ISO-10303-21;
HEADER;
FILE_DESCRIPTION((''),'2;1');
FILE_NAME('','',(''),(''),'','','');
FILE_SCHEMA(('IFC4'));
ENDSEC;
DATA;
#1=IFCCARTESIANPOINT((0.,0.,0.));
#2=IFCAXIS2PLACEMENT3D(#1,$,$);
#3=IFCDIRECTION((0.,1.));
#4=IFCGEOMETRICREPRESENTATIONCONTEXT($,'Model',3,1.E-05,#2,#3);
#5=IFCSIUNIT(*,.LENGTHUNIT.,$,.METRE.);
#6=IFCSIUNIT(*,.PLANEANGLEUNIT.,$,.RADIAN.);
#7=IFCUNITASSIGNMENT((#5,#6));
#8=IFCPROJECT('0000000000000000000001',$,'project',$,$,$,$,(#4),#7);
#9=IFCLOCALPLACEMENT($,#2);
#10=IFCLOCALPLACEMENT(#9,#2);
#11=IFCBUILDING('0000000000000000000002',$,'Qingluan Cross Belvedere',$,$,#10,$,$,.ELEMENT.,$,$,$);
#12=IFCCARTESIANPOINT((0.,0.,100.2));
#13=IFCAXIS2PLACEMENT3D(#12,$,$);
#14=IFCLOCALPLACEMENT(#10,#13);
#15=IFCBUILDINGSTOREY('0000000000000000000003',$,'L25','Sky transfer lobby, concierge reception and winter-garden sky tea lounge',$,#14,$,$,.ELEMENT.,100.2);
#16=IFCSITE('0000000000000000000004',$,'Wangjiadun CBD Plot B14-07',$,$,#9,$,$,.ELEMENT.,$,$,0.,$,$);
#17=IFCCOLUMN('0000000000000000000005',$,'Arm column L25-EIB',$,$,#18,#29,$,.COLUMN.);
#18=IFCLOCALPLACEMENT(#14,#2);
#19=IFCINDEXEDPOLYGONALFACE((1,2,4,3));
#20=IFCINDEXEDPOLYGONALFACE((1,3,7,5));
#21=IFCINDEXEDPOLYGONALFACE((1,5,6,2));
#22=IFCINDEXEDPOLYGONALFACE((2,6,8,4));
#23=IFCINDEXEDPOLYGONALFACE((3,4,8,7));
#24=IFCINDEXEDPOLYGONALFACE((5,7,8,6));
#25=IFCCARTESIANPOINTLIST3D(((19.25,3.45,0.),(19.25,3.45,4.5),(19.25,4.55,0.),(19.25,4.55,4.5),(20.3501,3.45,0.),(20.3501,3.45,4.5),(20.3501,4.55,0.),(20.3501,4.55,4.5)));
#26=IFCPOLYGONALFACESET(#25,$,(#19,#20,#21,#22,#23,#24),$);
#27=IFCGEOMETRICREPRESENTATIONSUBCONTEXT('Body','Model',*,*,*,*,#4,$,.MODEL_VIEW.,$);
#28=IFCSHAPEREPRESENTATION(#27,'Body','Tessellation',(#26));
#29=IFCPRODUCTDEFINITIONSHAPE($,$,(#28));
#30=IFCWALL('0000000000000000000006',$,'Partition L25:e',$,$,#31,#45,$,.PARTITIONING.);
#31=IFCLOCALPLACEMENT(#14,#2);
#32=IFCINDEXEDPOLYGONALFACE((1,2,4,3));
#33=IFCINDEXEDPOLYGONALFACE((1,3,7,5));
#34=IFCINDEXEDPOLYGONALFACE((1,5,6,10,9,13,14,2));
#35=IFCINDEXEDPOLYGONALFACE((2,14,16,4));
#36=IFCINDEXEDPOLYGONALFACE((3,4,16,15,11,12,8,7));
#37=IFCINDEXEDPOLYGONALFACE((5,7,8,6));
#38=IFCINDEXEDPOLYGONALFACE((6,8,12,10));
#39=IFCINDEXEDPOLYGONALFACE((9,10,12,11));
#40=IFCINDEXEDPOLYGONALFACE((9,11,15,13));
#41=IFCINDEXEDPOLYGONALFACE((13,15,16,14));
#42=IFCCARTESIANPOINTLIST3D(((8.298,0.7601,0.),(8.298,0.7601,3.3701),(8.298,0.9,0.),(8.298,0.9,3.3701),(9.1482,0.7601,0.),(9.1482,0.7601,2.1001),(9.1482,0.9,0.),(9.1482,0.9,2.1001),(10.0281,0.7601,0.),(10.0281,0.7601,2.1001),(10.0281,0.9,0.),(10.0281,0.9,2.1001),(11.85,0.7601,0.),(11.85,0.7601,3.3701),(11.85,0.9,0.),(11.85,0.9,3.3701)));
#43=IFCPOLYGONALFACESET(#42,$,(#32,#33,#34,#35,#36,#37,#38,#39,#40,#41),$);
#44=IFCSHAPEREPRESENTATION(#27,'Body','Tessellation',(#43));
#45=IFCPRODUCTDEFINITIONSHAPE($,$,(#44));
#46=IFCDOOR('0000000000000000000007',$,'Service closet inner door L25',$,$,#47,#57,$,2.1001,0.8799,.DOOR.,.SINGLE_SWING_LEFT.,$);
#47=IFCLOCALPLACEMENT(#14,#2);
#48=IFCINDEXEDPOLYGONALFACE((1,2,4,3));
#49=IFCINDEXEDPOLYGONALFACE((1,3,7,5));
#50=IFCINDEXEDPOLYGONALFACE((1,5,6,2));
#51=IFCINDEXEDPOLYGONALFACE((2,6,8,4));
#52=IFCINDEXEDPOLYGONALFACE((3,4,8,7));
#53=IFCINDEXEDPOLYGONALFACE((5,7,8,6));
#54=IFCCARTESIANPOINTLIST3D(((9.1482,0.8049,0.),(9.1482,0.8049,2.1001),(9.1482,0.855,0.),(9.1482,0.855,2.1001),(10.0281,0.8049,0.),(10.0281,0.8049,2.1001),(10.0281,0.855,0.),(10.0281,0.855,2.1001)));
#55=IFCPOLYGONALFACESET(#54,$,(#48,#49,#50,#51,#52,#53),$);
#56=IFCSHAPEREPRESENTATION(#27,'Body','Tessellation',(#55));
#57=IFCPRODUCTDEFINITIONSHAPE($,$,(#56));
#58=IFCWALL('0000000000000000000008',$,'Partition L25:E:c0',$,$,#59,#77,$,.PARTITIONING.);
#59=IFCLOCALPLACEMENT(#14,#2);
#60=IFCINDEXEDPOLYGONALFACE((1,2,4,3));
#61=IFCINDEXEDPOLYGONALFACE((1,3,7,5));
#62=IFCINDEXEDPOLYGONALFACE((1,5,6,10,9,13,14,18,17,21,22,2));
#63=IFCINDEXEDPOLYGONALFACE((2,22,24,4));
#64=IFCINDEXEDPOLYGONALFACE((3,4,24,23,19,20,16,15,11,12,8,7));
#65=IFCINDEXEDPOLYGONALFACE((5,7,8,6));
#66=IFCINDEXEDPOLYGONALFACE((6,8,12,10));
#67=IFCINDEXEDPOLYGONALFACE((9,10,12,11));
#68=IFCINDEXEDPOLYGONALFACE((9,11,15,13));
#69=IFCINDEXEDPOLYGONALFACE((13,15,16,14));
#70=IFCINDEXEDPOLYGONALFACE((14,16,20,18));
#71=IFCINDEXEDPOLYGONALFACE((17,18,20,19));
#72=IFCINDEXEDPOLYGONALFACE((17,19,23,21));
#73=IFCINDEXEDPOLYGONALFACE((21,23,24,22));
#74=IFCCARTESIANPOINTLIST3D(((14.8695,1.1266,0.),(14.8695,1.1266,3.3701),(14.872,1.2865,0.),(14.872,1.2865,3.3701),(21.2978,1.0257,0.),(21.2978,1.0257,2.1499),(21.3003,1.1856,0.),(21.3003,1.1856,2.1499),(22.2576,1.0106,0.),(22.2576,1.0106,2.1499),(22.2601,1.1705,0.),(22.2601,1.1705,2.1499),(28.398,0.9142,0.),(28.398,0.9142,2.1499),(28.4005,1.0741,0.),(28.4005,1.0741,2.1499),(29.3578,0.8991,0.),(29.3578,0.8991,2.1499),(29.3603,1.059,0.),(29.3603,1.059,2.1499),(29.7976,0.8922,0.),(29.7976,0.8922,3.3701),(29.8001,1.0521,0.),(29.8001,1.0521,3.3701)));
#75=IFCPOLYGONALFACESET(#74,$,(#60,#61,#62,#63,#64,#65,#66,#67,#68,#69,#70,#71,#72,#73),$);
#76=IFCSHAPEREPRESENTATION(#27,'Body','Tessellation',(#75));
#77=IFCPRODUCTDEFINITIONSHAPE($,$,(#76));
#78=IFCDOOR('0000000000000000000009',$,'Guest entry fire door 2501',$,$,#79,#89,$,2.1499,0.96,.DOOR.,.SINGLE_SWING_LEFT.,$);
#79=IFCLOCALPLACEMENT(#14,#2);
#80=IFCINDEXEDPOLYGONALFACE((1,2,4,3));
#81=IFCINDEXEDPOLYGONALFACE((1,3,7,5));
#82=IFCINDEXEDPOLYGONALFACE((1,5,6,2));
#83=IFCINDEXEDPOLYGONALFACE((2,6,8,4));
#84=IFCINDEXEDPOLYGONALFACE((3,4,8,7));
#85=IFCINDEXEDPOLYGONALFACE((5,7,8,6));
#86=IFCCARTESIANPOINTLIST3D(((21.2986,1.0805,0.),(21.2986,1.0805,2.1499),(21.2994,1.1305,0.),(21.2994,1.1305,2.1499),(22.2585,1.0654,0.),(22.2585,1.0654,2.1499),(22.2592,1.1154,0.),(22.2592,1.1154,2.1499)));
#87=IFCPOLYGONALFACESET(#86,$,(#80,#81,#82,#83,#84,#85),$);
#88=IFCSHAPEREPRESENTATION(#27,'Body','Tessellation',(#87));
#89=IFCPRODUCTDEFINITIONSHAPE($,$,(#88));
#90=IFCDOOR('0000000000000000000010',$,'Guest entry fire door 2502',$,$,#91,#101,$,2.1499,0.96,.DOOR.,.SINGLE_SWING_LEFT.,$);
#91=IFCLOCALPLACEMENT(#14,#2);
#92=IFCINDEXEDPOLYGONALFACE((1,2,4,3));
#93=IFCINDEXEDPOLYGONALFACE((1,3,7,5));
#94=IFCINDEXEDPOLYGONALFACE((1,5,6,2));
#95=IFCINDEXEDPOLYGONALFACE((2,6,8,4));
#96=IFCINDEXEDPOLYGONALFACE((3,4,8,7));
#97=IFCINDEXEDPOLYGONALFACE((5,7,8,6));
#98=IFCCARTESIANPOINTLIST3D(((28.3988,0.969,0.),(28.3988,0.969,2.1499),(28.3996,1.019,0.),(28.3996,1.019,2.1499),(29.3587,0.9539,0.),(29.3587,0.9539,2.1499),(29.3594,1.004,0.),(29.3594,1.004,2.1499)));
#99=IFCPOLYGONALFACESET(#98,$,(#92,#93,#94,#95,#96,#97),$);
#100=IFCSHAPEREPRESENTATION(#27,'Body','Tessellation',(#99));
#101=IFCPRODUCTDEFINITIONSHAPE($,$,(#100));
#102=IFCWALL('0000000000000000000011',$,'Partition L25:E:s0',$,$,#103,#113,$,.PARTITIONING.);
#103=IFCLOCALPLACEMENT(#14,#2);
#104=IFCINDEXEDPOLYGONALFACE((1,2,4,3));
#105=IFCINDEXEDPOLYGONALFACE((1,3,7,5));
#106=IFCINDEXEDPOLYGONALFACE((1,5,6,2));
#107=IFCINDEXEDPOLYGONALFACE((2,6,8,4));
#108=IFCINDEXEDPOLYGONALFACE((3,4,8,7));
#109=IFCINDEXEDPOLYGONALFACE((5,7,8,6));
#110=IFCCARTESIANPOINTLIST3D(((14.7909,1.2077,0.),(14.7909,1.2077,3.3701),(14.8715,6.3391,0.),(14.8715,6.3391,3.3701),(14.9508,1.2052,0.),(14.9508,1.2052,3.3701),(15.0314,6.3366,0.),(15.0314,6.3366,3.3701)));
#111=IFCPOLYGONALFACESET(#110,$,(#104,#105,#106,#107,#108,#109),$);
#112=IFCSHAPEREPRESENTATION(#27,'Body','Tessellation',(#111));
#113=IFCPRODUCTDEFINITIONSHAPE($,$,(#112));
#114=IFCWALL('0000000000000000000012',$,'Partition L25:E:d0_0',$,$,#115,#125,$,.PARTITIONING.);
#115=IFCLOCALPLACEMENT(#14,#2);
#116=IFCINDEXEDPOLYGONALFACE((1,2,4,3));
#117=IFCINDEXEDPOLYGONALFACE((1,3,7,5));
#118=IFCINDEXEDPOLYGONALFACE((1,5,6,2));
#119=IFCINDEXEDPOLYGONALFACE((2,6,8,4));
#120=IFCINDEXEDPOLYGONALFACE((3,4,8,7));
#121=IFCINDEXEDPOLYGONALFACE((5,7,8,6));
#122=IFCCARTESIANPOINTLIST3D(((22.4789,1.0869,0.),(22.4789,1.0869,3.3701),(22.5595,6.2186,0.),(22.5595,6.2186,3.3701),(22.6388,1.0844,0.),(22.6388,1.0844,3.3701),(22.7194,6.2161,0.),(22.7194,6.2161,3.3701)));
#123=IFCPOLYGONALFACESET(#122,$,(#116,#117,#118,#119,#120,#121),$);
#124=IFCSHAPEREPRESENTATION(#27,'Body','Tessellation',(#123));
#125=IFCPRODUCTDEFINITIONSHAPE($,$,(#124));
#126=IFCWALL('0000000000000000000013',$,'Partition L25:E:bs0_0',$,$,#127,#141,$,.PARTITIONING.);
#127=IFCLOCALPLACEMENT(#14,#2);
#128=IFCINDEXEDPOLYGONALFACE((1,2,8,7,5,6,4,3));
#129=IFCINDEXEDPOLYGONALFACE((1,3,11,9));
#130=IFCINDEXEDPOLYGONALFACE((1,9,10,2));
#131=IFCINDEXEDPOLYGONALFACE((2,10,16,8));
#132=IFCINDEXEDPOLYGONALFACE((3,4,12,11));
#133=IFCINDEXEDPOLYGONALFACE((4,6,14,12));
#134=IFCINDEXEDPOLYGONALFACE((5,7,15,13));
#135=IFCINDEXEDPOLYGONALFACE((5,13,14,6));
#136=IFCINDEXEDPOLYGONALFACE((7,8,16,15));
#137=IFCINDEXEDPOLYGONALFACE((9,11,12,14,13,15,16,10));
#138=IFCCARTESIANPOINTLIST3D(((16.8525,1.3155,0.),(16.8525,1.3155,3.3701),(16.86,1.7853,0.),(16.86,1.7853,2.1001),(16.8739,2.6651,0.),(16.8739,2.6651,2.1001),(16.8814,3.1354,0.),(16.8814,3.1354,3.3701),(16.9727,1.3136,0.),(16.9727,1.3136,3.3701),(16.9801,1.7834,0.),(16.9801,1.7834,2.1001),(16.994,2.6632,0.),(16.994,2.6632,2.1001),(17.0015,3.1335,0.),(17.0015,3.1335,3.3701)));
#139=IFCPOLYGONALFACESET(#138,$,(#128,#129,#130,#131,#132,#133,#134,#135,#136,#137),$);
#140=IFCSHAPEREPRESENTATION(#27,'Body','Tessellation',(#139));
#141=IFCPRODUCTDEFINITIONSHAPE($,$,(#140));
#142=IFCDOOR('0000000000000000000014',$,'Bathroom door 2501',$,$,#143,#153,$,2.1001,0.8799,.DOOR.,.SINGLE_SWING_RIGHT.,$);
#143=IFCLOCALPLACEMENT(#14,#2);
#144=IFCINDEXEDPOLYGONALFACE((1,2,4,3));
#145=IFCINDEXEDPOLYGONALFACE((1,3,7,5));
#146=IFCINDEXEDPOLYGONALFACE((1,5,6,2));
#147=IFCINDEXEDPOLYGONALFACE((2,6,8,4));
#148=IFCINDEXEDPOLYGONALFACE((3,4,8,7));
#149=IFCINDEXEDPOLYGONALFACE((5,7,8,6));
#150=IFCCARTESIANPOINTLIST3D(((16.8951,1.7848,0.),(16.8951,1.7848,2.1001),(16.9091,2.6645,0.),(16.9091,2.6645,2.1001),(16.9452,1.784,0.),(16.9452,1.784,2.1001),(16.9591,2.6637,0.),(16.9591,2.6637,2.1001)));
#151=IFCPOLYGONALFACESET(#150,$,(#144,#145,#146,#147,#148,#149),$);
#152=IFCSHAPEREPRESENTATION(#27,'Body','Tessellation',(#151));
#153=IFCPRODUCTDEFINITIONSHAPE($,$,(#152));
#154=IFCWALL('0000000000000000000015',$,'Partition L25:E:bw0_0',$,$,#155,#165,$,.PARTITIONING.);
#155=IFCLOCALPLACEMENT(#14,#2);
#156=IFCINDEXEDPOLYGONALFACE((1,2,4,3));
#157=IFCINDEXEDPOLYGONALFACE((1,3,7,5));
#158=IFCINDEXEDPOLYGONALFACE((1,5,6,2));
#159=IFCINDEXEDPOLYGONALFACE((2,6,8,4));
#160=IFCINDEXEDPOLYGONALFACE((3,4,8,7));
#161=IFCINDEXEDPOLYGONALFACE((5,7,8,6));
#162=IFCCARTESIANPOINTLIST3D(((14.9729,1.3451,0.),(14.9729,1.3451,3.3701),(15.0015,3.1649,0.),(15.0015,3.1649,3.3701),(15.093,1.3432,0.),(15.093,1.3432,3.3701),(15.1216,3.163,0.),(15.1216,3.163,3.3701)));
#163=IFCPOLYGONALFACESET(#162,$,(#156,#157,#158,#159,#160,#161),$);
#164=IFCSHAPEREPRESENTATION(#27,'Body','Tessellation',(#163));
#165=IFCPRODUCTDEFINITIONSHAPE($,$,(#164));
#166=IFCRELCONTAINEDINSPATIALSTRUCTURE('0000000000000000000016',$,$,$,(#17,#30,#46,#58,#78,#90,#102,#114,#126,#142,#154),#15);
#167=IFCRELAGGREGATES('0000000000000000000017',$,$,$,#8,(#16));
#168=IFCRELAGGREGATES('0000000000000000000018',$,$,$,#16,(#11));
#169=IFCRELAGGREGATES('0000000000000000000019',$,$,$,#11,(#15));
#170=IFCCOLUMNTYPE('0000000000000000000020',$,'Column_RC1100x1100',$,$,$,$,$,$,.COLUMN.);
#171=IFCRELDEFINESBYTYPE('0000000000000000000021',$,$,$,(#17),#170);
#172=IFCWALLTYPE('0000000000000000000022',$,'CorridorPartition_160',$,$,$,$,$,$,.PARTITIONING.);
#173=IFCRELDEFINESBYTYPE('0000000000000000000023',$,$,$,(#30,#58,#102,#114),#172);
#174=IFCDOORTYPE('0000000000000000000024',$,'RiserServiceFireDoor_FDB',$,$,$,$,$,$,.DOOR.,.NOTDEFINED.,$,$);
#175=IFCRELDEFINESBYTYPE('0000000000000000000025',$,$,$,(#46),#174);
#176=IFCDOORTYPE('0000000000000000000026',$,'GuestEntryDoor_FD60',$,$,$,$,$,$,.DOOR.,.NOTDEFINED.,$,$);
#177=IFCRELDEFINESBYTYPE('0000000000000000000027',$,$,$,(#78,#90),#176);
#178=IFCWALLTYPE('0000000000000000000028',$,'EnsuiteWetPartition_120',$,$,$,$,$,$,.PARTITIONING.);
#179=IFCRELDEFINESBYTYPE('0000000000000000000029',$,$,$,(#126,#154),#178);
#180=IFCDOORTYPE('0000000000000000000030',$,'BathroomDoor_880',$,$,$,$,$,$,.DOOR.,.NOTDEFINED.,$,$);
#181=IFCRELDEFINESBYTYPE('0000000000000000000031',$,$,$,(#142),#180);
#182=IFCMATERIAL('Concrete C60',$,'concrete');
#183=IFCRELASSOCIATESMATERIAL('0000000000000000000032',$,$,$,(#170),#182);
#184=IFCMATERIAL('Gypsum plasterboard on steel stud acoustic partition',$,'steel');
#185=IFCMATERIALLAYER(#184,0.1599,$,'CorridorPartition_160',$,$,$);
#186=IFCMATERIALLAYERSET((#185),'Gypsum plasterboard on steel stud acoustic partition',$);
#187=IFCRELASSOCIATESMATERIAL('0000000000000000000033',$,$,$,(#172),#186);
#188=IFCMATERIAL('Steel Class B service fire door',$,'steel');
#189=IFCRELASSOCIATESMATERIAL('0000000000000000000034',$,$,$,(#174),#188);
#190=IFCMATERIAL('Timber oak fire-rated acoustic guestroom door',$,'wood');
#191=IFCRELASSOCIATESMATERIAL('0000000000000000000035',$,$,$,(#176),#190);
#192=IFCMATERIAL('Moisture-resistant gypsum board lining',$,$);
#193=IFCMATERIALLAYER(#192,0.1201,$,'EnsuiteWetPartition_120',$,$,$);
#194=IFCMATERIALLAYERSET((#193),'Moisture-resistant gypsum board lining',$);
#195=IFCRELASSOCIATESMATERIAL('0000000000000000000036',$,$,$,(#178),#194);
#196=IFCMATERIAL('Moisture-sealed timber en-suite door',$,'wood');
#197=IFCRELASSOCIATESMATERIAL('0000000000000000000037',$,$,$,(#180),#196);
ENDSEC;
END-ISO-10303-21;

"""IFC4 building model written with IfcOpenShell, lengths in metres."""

from ifc_helpers import new_model, si_unit, direction, frame, frame_2d, origin, origin_2d, place, context, subcontext, project, spatial, rectangle, extrude, material, layer, layer_set, material_profile, profile_set, type_object, element, fill, save


model = new_model("IFC4")

# Units and contexts
model_context = context("Model", 3, precision=1e-05, world=origin(), true_north=direction((0.0, 1.0)))
body_context = subcontext(model_context, "Body", "Model", "MODEL_VIEW")
ifc_project = project(units=[si_unit("LENGTHUNIT", "METRE"), si_unit("PLANEANGLEUNIT", "RADIAN")], contexts=[model_context])

# Site, building, storey
site_placement = place(None, origin())
site = spatial("IfcSite", under=ifc_project, at=site_placement, Name="Wangjiadun CBD Plot B14-07", CompositionType="ELEMENT", RefElevation=0.0)
building_placement = place(site_placement, origin())
building = spatial("IfcBuilding", under=site, at=building_placement, Name="Qingluan Cross Belvedere", CompositionType="ELEMENT")
storey_placement = place(building_placement, frame((0.0, 0.0, 100.2)))
storey = spatial("IfcBuildingStorey", under=building, at=storey_placement, Name="L25", Description="Sky transfer lobby, concierge reception and winter-garden sky tea lounge", CompositionType="ELEMENT", Elevation=100.2)

# Column
ifc_material_1 = material(Name="Concrete C60", Category="concrete")
ifc_material_profile = material_profile(ifc_material_1, rectangle(XDim=1.1001, YDim=1.1001, at=origin_2d()), Name="RC1100x1100")
ifc_profile_set = profile_set([ifc_material_profile], Name="Concrete C60")
column_type = type_object("IfcColumnType", Name="Column_RC1100x1100", PredefinedType="COLUMN", material=ifc_profile_set)
column_placement = place(storey_placement, frame((19.8, 4.0, 0.0), z_axis=(0.0, 0.0, 1.0), x_axis=(1.0, 0.0, 0.0)))
element("IfcColumn", 1, at=column_placement, inside=storey, type_object=column_type, Name="Arm column L25-EIB", PredefinedType="COLUMN", context=body_context, shape_type="SweptSolid", body=[
    extrude(rectangle(XDim=1.1001, YDim=1.1001, at=origin_2d()), origin(), (0.0, 0.0, 1.0), 4.5),
])

# Wall, opening, door
ifc_material_2 = material(Name="Gypsum plasterboard on steel stud acoustic partition", Category="steel")
ifc_layer_1 = layer(ifc_material_2, 0.1599, Name="CorridorPartition_160")
ifc_layer_set_1 = layer_set([ifc_layer_1], Name="Gypsum plasterboard on steel stud acoustic partition")
wall_type_1 = type_object("IfcWallType", Name="CorridorPartition_160", PredefinedType="PARTITIONING", material=ifc_layer_set_1)
wall_1_placement = place(storey_placement, frame((8.2981, 0.8301, 0.0), z_axis=(0.0, 0.0, 1.0), x_axis=(1.0, 0.0, 0.0)))
wall_1 = element("IfcWall", 2, at=wall_1_placement, inside=storey, type_object=wall_type_1, Name="Partition L25:e", PredefinedType="PARTITIONING", context=body_context, shape_type="SweptSolid", body=[
    extrude(rectangle(XDim=3.552, YDim=0.1399, at=frame_2d((1.7759, 0.0))), origin(), (0.0, 0.0, 1.0), 3.3701),
])
opening_1_placement = place(wall_1_placement, frame((0.8501, 0.0, 0.0)))
opening_1 = element("IfcOpeningElement", 3, at=opening_1_placement, cuts=wall_1, PredefinedType="OPENING", context=body_context, shape_type="SweptSolid", body=[
    extrude(rectangle(XDim=0.8799, YDim=2.1001, at=frame_2d((0.4399, 1.05))), frame((0.0, 0.0798, 0.0), z_axis=(0.0, -1.0, 0.0), x_axis=(1.0, 0.0, 0.0)), (0.0, 0.0, 1.0), 0.1599),
])
ifc_material_3 = material(Name="Steel Class B service fire door", Category="steel")
door_type_1 = type_object("IfcDoorType", Name="RiserServiceFireDoor_FDB", OperationType="NOTDEFINED", PredefinedType="DOOR", material=ifc_material_3)
door_1_placement = place(opening_1_placement, origin())
door_1 = element("IfcDoor", 4, at=door_1_placement, inside=storey, type_object=door_type_1, Name="Service closet inner door L25", OperationType="SINGLE_SWING_LEFT", OverallHeight=2.1001, OverallWidth=0.8799, PredefinedType="DOOR", context=body_context, shape_type="SweptSolid", body=[
    extrude(rectangle(XDim=0.8799, YDim=2.1001, at=frame_2d((0.4399, 1.05))), frame((0.0, 0.0249, 0.0), z_axis=(0.0, -1.0, 0.0), x_axis=(1.0, 0.0, 0.0)), (0.0, 0.0, 1.0), 0.05),
])
fill(opening_1, door_1)

# Wall, openings, doors
wall_2_placement = place(storey_placement, frame((14.8708, 1.2065, 0.0), z_axis=(0.0, 0.0, 1.0), x_axis=(0.999877, -0.015698, 0.0)))
wall_2 = element("IfcWall", 5, at=wall_2_placement, inside=storey, type_object=wall_type_1, Name="Partition L25:E:c0", PredefinedType="PARTITIONING", context=body_context, shape_type="SweptSolid", body=[
    extrude(rectangle(XDim=14.9299, YDim=0.1599, at=frame_2d((7.4648, 0.0))), origin(), (0.0, 0.0, 1.0), 3.3701),
])
opening_2_placement = place(wall_2_placement, frame((6.429, 0.0, 0.0)))
opening_2 = element("IfcOpeningElement", 6, at=opening_2_placement, cuts=wall_2, PredefinedType="OPENING", context=body_context, shape_type="SweptSolid", body=[
    extrude(rectangle(XDim=0.96, YDim=2.1499, at=frame_2d((0.48, 1.075))), frame((0.0, 0.0898, 0.0), z_axis=(0.0, -1.0, 0.0), x_axis=(1.0, 0.0, 0.0)), (0.0, 0.0, 1.0), 0.1799),
])
opening_3_placement = place(wall_2_placement, frame((13.53, 0.0, 0.0)))
opening_3 = element("IfcOpeningElement", 7, at=opening_3_placement, cuts=wall_2, PredefinedType="OPENING", context=body_context, shape_type="SweptSolid", body=[
    extrude(rectangle(XDim=0.96, YDim=2.1499, at=frame_2d((0.48, 1.075))), frame((0.0, 0.0898, 0.0), z_axis=(0.0, -1.0, 0.0), x_axis=(1.0, 0.0, 0.0)), (0.0, 0.0, 1.0), 0.1799),
])
ifc_material_4 = material(Name="Timber oak fire-rated acoustic guestroom door", Category="wood")
door_type_2 = type_object("IfcDoorType", Name="GuestEntryDoor_FD60", OperationType="NOTDEFINED", PredefinedType="DOOR", material=ifc_material_4)
door_2_placement = place(opening_2_placement, origin())
door_2 = element("IfcDoor", 8, at=door_2_placement, inside=storey, type_object=door_type_2, Name="Guest entry fire door 2501", OperationType="SINGLE_SWING_LEFT", OverallHeight=2.1499, OverallWidth=0.96, PredefinedType="DOOR", context=body_context, shape_type="SweptSolid", body=[
    extrude(rectangle(XDim=0.96, YDim=2.1499, at=frame_2d((0.48, 1.075))), frame((0.0, 0.0249, 0.0), z_axis=(0.0, -1.0, 0.0), x_axis=(1.0, 0.0, 0.0)), (0.0, 0.0, 1.0), 0.05),
])
fill(opening_2, door_2)
door_3_placement = place(opening_3_placement, origin())
door_3 = element("IfcDoor", 9, at=door_3_placement, inside=storey, type_object=door_type_2, Name="Guest entry fire door 2502", OperationType="SINGLE_SWING_LEFT", OverallHeight=2.1499, OverallWidth=0.96, PredefinedType="DOOR", context=body_context, shape_type="SweptSolid", body=[
    extrude(rectangle(XDim=0.96, YDim=2.1499, at=frame_2d((0.48, 1.075))), frame((0.0, 0.0249, 0.0), z_axis=(0.0, -1.0, 0.0), x_axis=(1.0, 0.0, 0.0)), (0.0, 0.0, 1.0), 0.05),
])
fill(opening_3, door_3)

# Walls
wall_3_placement = place(storey_placement, frame((14.8708, 1.2065, 0.0), z_axis=(0.0, 0.0, 1.0), x_axis=(0.015699, 0.999877, 0.0)))
element("IfcWall", 10, at=wall_3_placement, inside=storey, type_object=wall_type_1, Name="Partition L25:E:s0", PredefinedType="PARTITIONING", context=body_context, shape_type="SweptSolid", body=[
    extrude(rectangle(XDim=5.1321, YDim=0.1599, at=frame_2d((2.5659, 0.0))), origin(), (0.0, 0.0, 1.0), 3.3701),
])
wall_4_placement = place(storey_placement, frame((22.5588, 1.0857, 0.0), z_axis=(0.0, 0.0, 1.0), x_axis=(0.015698, 0.999877, 0.0)))
element("IfcWall", 11, at=wall_4_placement, inside=storey, type_object=wall_type_1, Name="Partition L25:E:d0_0", PredefinedType="PARTITIONING", context=body_context, shape_type="SweptSolid", body=[
    extrude(rectangle(XDim=5.1323, YDim=0.1599, at=frame_2d((2.5662, 0.0))), origin(), (0.0, 0.0, 1.0), 3.3701),
])

# Wall, opening, door
ifc_material_5 = material(Name="Moisture-resistant gypsum board lining")
ifc_layer_2 = layer(ifc_material_5, 0.1201, Name="EnsuiteWetPartition_120")
ifc_layer_set_2 = layer_set([ifc_layer_2], Name="Moisture-resistant gypsum board lining")
wall_type_2 = type_object("IfcWallType", Name="EnsuiteWetPartition_120", PredefinedType="PARTITIONING", material=ifc_layer_set_2)
wall_5_placement = place(storey_placement, frame((16.9126, 1.3145, 0.0), z_axis=(0.0, 0.0, 1.0), x_axis=(0.015828, 0.999875, 0.0)))
wall_5 = element("IfcWall", 12, at=wall_5_placement, inside=storey, type_object=wall_type_2, Name="Partition L25:E:bs0_0", PredefinedType="PARTITIONING", context=body_context, shape_type="SweptSolid", body=[
    extrude(rectangle(XDim=1.8201, YDim=0.1201, at=frame_2d((0.9102, 0.0))), origin(), (0.0, 0.0, 1.0), 3.3701),
])
opening_4_placement = place(wall_5_placement, frame((0.47, 0.0, 0.0)))
opening_4 = element("IfcOpeningElement", 13, at=opening_4_placement, cuts=wall_5, PredefinedType="OPENING", context=body_context, shape_type="SweptSolid", body=[
    extrude(rectangle(XDim=0.8799, YDim=2.1001, at=frame_2d((0.4399, 1.05))), frame((0.0, 0.0701, 0.0), z_axis=(0.0, -1.0, 0.0), x_axis=(1.0, 0.0, 0.0)), (0.0, 0.0, 1.0), 0.1401),
])
ifc_material_6 = material(Name="Moisture-sealed timber en-suite door", Category="wood")
door_type_3 = type_object("IfcDoorType", Name="BathroomDoor_880", OperationType="NOTDEFINED", PredefinedType="DOOR", material=ifc_material_6)
door_4_placement = place(opening_4_placement, origin())
door_4 = element("IfcDoor", 14, at=door_4_placement, inside=storey, type_object=door_type_3, Name="Bathroom door 2501", OperationType="SINGLE_SWING_RIGHT", OverallHeight=2.1001, OverallWidth=0.8799, PredefinedType="DOOR", context=body_context, shape_type="SweptSolid", body=[
    extrude(rectangle(XDim=0.8799, YDim=2.1001, at=frame_2d((0.4399, 1.05))), frame((0.0, 0.0249, 0.0), z_axis=(0.0, -1.0, 0.0), x_axis=(1.0, 0.0, 0.0)), (0.0, 0.0, 1.0), 0.05),
])
fill(opening_4, door_4)

# Wall
wall_6_placement = place(storey_placement, frame((15.033, 1.344, 0.0), z_axis=(0.0, 0.0, 1.0), x_axis=(0.015694, 0.999877, 0.0)))
element("IfcWall", 15, at=wall_6_placement, inside=storey, type_object=wall_type_2, Name="Partition L25:E:bw0_0", PredefinedType="PARTITIONING", context=body_context, shape_type="SweptSolid", body=[
    extrude(rectangle(XDim=1.8201, YDim=0.1201, at=frame_2d((0.9102, 0.0))), origin(), (0.0, 0.0, 1.0), 3.3701),
])

save(model, "model.ifc")
